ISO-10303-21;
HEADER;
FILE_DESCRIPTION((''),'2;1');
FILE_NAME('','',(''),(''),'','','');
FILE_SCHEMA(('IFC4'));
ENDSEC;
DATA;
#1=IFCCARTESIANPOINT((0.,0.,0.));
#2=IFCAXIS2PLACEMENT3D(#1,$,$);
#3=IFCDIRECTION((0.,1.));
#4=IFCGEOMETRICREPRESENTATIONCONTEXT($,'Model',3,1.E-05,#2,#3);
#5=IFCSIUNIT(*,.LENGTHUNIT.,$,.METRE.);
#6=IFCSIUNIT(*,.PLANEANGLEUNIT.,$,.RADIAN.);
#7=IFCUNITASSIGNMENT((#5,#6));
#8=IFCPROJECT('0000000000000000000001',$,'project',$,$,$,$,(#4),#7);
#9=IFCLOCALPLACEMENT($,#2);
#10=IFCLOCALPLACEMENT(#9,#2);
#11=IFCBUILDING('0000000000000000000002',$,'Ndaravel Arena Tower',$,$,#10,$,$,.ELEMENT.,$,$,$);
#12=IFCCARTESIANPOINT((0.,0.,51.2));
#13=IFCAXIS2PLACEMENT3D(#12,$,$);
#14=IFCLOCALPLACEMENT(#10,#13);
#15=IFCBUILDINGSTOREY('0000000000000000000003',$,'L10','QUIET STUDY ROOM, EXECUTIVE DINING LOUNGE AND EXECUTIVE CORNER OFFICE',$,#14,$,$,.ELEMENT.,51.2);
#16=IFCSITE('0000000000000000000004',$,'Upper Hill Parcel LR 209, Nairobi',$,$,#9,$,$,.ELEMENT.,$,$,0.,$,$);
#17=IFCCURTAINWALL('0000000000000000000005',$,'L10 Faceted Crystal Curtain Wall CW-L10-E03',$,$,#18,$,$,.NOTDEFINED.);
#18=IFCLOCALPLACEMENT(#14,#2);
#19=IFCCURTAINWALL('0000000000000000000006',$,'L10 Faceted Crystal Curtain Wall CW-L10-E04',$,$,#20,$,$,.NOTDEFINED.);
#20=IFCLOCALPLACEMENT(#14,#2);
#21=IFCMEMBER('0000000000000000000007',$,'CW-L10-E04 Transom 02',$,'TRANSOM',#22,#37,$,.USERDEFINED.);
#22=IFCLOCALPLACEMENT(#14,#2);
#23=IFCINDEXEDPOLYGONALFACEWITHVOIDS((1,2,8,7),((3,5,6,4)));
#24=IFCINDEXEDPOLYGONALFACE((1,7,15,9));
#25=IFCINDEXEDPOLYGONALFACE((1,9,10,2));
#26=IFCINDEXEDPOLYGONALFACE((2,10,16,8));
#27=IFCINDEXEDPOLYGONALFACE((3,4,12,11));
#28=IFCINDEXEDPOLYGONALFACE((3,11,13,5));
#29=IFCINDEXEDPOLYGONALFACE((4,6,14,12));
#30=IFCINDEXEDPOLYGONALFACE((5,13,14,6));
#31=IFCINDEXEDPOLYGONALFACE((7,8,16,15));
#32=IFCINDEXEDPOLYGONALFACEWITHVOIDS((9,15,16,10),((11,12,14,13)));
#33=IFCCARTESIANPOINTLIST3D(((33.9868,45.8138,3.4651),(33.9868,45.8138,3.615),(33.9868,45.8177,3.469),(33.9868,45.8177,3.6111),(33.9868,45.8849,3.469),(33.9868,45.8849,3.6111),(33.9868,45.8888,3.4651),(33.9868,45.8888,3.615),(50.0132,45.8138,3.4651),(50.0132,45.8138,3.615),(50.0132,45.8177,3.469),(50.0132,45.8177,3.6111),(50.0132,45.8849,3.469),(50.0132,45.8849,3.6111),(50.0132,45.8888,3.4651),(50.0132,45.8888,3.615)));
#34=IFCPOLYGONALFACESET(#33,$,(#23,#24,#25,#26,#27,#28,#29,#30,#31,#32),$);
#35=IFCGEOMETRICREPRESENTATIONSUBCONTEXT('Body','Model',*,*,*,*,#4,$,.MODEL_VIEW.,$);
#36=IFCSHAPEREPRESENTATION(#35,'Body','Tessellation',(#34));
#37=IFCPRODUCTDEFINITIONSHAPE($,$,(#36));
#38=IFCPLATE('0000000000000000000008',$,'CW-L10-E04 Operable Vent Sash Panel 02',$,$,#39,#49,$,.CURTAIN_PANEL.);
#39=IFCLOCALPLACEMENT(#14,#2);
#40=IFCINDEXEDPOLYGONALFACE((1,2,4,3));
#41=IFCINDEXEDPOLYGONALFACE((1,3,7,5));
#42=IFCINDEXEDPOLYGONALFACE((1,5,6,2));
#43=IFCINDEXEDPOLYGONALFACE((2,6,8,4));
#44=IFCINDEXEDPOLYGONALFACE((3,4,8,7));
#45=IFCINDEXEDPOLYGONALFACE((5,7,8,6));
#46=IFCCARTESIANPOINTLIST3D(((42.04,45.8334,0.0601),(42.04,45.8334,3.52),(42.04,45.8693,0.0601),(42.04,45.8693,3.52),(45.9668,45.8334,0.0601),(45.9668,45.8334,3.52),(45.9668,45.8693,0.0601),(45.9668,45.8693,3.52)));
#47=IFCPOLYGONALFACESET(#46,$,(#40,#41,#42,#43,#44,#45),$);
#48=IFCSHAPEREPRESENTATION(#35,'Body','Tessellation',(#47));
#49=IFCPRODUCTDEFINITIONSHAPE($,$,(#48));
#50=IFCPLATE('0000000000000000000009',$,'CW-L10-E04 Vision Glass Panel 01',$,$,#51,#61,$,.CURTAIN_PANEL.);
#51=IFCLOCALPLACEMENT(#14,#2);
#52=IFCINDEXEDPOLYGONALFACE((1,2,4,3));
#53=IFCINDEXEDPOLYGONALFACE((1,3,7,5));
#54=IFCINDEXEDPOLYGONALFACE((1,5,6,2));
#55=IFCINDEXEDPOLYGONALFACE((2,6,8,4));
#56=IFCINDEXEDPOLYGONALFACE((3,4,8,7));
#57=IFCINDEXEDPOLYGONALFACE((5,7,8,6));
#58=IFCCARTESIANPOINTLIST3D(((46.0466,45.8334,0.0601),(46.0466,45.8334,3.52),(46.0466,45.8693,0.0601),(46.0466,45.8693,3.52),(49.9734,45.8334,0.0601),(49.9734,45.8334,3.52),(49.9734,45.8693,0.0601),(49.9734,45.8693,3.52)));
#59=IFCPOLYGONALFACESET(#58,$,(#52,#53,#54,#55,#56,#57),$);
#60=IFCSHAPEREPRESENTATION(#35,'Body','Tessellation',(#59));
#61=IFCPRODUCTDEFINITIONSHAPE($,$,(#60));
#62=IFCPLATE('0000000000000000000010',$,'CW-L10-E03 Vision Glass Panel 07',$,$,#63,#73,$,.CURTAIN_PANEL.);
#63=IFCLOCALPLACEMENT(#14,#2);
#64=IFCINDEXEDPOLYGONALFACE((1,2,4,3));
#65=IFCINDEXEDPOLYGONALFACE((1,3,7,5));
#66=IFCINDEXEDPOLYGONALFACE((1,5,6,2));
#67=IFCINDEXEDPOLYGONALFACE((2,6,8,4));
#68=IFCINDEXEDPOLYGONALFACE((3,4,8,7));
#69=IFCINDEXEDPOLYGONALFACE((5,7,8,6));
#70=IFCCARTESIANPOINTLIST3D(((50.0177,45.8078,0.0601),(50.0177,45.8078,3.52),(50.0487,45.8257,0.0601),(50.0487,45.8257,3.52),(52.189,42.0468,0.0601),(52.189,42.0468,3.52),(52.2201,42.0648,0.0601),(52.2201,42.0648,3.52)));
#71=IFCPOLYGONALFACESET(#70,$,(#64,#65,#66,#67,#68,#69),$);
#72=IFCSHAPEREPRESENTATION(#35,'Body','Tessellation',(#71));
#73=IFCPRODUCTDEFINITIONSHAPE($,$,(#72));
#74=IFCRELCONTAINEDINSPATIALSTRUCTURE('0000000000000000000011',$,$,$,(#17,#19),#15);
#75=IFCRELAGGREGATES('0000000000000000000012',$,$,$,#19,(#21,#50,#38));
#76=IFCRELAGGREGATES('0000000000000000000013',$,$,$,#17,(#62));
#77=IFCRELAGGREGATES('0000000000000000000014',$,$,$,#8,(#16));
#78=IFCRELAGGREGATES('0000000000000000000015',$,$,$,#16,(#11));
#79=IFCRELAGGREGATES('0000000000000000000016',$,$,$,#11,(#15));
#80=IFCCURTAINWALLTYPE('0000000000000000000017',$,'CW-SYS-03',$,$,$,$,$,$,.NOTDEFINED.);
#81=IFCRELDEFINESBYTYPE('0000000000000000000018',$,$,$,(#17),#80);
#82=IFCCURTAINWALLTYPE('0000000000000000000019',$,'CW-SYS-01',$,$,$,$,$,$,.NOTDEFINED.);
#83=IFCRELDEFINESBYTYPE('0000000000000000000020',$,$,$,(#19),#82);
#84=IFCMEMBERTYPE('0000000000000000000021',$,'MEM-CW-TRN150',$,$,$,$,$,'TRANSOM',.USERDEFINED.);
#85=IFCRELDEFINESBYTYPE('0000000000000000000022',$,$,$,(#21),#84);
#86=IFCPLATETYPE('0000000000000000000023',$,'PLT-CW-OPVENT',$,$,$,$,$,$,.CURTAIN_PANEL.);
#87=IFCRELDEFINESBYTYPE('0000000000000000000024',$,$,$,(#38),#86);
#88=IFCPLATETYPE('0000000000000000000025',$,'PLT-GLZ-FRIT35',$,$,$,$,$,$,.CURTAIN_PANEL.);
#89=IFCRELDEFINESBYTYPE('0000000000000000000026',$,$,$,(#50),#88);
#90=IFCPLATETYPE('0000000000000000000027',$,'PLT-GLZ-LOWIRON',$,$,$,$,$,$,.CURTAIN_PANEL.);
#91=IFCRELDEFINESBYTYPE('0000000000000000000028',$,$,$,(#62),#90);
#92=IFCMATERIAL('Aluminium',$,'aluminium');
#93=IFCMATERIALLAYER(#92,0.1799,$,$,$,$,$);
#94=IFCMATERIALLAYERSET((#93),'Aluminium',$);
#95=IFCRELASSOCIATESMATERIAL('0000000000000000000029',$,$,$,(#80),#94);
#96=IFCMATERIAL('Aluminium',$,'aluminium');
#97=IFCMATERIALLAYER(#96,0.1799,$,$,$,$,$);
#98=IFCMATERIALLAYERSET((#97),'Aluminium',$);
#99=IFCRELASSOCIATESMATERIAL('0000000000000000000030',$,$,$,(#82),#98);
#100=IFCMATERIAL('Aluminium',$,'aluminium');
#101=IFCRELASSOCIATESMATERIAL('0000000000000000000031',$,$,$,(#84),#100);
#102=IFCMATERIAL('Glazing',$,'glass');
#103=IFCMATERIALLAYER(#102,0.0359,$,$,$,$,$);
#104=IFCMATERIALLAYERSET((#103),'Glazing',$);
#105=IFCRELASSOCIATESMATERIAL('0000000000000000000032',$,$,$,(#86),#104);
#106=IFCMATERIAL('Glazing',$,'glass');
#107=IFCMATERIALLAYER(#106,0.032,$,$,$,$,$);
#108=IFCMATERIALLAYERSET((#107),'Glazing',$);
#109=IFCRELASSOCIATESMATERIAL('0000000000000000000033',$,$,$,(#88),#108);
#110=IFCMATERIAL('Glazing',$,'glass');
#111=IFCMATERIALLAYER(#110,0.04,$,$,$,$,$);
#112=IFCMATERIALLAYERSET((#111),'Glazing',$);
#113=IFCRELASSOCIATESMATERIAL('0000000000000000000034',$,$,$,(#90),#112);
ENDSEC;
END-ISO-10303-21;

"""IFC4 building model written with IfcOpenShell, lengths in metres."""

from ifc_helpers import new_model, si_unit, direction, frame, origin, origin_2d, place, context, subcontext, project, spatial, rectangle, hollow_rectangle, extrude, material, layer, layer_set, material_profile, profile_set, type_object, element, aggregate, save


model = new_model("IFC4")

# Units and contexts
model_context = context("Model", 3, precision=1e-05, world=origin(), true_north=direction((0.0, 1.0)))
body_context = subcontext(model_context, "Body", "Model", "MODEL_VIEW")
ifc_project = project(units=[si_unit("LENGTHUNIT", "METRE"), si_unit("PLANEANGLEUNIT", "RADIAN")], contexts=[model_context])

# Site, building, storey
site_placement = place(None, origin())
site = spatial("IfcSite", under=ifc_project, at=site_placement, Name="Upper Hill Parcel LR 209, Nairobi", CompositionType="ELEMENT", RefElevation=0.0)
building_placement = place(site_placement, origin())
building = spatial("IfcBuilding", under=site, at=building_placement, Name="Ndaravel Arena Tower", CompositionType="ELEMENT")
storey_placement = place(building_placement, frame((0.0, 0.0, 51.2)))
storey = spatial("IfcBuildingStorey", under=building, at=storey_placement, Name="L10", Description="QUIET STUDY ROOM, EXECUTIVE DINING LOUNGE AND EXECUTIVE CORNER OFFICE", CompositionType="ELEMENT", Elevation=51.2)

# Curtain wall
ifc_material_1 = material(Name="Aluminium", Category="aluminium")
ifc_layer_1 = layer(ifc_material_1, 0.1799)
ifc_layer_set_1 = layer_set([ifc_layer_1], Name="Aluminium")
curtain_wall_type_1 = type_object("IfcCurtainWallType", Name="CW-SYS-03", PredefinedType="NOTDEFINED", material=ifc_layer_set_1)
curtain_wall_1_placement = place(storey_placement, origin())
curtain_wall_1 = element("IfcCurtainWall", 1, at=curtain_wall_1_placement, inside=storey, type_object=curtain_wall_type_1, Name="L10 Faceted Crystal Curtain Wall CW-L10-E03", PredefinedType="NOTDEFINED")

# Curtain wall, member, plates
ifc_material_2 = material(Name="Aluminium", Category="aluminium")
ifc_layer_2 = layer(ifc_material_2, 0.1799)
ifc_layer_set_2 = layer_set([ifc_layer_2], Name="Aluminium")
curtain_wall_type_2 = type_object("IfcCurtainWallType", Name="CW-SYS-01", PredefinedType="NOTDEFINED", material=ifc_layer_set_2)
curtain_wall_2_placement = place(storey_placement, origin())
curtain_wall_2 = element("IfcCurtainWall", 2, at=curtain_wall_2_placement, inside=storey, type_object=curtain_wall_type_2, Name="L10 Faceted Crystal Curtain Wall CW-L10-E04", PredefinedType="NOTDEFINED")
ifc_material_3 = material(Name="Aluminium", Category="aluminium")
ifc_material_profile_1 = material_profile(ifc_material_3, hollow_rectangle(XDim=0.075, YDim=0.1499, WallThickness=0.0039, at=origin_2d()), Name="CW TRANSOM 75x150x4")
ifc_profile_set_1 = profile_set([ifc_material_profile_1], Name="Aluminium")
member_type_1 = type_object("IfcMemberType", Name="MEM-CW-TRN150", ElementType="TRANSOM", PredefinedType="USERDEFINED", material=ifc_profile_set_1)
member_1_placement = place(storey_placement, frame((50.0132, 45.8513, 3.54), z_axis=(-1.0, 0.0, 0.0), x_axis=(0.0, -1.0, 0.0)))
member_1 = element("IfcMember", 3, at=member_1_placement, type_object=member_type_1, Name="CW-L10-E04 Transom 02", ObjectType="TRANSOM", PredefinedType="USERDEFINED", context=body_context, shape_type="SweptSolid", body=[
    extrude(hollow_rectangle(XDim=0.075, YDim=0.1499, WallThickness=0.0039, at=origin_2d()), origin(), (0.0, 0.0, 1.0), 16.0264),
])
ifc_material_4 = material(Name="Glazing", Category="glass")
ifc_layer_3 = layer(ifc_material_4, 0.0359)
ifc_layer_set_3 = layer_set([ifc_layer_3], Name="Glazing")
plate_type_1 = type_object("IfcPlateType", Name="PLT-CW-OPVENT", PredefinedType="CURTAIN_PANEL", material=ifc_layer_set_3)
plate_1_placement = place(storey_placement, frame((44.0034, 45.8513, 0.0601), z_axis=(0.0, 0.0, 1.0), x_axis=(-1.0, 0.0, 0.0)))
plate_1 = element("IfcPlate", 4, at=plate_1_placement, type_object=plate_type_1, Name="CW-L10-E04 Operable Vent Sash Panel 02", PredefinedType="CURTAIN_PANEL", context=body_context, shape_type="SweptSolid", body=[
    extrude(rectangle(XDim=3.9268, YDim=0.0359, at=origin_2d()), origin(), (0.0, 0.0, 1.0), 3.46),
])
ifc_material_5 = material(Name="Glazing", Category="glass")
ifc_layer_4 = layer(ifc_material_5, 0.032)
ifc_layer_set_4 = layer_set([ifc_layer_4], Name="Glazing")
plate_type_2 = type_object("IfcPlateType", Name="PLT-GLZ-FRIT35", PredefinedType="CURTAIN_PANEL", material=ifc_layer_set_4)
plate_2_placement = place(storey_placement, frame((48.01, 45.8513, 0.0601), z_axis=(0.0, 0.0, 1.0), x_axis=(-1.0, 0.0, 0.0)))
plate_2 = element("IfcPlate", 5, at=plate_2_placement, type_object=plate_type_2, Name="CW-L10-E04 Vision Glass Panel 01", PredefinedType="CURTAIN_PANEL", context=body_context, shape_type="SweptSolid", body=[
    extrude(rectangle(XDim=3.9268, YDim=0.0359, at=origin_2d()), origin(), (0.0, 0.0, 1.0), 3.46),
])
aggregate(curtain_wall_2, [member_1, plate_2, plate_1])

# Plate
ifc_material_6 = material(Name="Glazing", Category="glass")
ifc_layer_5 = layer(ifc_material_6, 0.04)
ifc_layer_set_5 = layer_set([ifc_layer_5], Name="Glazing")
plate_type_3 = type_object("IfcPlateType", Name="PLT-GLZ-LOWIRON", PredefinedType="CURTAIN_PANEL", material=ifc_layer_set_5)
plate_3_placement = place(storey_placement, frame((51.1189, 43.9363, 0.0601), z_axis=(0.0, 0.0, 1.0), x_axis=(-0.5, 0.866025, 0.0)))
plate_3 = element("IfcPlate", 6, at=plate_3_placement, type_object=plate_type_3, Name="CW-L10-E03 Vision Glass Panel 07", PredefinedType="CURTAIN_PANEL", context=body_context, shape_type="SweptSolid", body=[
    extrude(rectangle(XDim=4.3428, YDim=0.0359, at=origin_2d()), origin(), (0.0, 0.0, 1.0), 3.46),
])
aggregate(curtain_wall_1, [plate_3])

save(model, "model.ifc")
